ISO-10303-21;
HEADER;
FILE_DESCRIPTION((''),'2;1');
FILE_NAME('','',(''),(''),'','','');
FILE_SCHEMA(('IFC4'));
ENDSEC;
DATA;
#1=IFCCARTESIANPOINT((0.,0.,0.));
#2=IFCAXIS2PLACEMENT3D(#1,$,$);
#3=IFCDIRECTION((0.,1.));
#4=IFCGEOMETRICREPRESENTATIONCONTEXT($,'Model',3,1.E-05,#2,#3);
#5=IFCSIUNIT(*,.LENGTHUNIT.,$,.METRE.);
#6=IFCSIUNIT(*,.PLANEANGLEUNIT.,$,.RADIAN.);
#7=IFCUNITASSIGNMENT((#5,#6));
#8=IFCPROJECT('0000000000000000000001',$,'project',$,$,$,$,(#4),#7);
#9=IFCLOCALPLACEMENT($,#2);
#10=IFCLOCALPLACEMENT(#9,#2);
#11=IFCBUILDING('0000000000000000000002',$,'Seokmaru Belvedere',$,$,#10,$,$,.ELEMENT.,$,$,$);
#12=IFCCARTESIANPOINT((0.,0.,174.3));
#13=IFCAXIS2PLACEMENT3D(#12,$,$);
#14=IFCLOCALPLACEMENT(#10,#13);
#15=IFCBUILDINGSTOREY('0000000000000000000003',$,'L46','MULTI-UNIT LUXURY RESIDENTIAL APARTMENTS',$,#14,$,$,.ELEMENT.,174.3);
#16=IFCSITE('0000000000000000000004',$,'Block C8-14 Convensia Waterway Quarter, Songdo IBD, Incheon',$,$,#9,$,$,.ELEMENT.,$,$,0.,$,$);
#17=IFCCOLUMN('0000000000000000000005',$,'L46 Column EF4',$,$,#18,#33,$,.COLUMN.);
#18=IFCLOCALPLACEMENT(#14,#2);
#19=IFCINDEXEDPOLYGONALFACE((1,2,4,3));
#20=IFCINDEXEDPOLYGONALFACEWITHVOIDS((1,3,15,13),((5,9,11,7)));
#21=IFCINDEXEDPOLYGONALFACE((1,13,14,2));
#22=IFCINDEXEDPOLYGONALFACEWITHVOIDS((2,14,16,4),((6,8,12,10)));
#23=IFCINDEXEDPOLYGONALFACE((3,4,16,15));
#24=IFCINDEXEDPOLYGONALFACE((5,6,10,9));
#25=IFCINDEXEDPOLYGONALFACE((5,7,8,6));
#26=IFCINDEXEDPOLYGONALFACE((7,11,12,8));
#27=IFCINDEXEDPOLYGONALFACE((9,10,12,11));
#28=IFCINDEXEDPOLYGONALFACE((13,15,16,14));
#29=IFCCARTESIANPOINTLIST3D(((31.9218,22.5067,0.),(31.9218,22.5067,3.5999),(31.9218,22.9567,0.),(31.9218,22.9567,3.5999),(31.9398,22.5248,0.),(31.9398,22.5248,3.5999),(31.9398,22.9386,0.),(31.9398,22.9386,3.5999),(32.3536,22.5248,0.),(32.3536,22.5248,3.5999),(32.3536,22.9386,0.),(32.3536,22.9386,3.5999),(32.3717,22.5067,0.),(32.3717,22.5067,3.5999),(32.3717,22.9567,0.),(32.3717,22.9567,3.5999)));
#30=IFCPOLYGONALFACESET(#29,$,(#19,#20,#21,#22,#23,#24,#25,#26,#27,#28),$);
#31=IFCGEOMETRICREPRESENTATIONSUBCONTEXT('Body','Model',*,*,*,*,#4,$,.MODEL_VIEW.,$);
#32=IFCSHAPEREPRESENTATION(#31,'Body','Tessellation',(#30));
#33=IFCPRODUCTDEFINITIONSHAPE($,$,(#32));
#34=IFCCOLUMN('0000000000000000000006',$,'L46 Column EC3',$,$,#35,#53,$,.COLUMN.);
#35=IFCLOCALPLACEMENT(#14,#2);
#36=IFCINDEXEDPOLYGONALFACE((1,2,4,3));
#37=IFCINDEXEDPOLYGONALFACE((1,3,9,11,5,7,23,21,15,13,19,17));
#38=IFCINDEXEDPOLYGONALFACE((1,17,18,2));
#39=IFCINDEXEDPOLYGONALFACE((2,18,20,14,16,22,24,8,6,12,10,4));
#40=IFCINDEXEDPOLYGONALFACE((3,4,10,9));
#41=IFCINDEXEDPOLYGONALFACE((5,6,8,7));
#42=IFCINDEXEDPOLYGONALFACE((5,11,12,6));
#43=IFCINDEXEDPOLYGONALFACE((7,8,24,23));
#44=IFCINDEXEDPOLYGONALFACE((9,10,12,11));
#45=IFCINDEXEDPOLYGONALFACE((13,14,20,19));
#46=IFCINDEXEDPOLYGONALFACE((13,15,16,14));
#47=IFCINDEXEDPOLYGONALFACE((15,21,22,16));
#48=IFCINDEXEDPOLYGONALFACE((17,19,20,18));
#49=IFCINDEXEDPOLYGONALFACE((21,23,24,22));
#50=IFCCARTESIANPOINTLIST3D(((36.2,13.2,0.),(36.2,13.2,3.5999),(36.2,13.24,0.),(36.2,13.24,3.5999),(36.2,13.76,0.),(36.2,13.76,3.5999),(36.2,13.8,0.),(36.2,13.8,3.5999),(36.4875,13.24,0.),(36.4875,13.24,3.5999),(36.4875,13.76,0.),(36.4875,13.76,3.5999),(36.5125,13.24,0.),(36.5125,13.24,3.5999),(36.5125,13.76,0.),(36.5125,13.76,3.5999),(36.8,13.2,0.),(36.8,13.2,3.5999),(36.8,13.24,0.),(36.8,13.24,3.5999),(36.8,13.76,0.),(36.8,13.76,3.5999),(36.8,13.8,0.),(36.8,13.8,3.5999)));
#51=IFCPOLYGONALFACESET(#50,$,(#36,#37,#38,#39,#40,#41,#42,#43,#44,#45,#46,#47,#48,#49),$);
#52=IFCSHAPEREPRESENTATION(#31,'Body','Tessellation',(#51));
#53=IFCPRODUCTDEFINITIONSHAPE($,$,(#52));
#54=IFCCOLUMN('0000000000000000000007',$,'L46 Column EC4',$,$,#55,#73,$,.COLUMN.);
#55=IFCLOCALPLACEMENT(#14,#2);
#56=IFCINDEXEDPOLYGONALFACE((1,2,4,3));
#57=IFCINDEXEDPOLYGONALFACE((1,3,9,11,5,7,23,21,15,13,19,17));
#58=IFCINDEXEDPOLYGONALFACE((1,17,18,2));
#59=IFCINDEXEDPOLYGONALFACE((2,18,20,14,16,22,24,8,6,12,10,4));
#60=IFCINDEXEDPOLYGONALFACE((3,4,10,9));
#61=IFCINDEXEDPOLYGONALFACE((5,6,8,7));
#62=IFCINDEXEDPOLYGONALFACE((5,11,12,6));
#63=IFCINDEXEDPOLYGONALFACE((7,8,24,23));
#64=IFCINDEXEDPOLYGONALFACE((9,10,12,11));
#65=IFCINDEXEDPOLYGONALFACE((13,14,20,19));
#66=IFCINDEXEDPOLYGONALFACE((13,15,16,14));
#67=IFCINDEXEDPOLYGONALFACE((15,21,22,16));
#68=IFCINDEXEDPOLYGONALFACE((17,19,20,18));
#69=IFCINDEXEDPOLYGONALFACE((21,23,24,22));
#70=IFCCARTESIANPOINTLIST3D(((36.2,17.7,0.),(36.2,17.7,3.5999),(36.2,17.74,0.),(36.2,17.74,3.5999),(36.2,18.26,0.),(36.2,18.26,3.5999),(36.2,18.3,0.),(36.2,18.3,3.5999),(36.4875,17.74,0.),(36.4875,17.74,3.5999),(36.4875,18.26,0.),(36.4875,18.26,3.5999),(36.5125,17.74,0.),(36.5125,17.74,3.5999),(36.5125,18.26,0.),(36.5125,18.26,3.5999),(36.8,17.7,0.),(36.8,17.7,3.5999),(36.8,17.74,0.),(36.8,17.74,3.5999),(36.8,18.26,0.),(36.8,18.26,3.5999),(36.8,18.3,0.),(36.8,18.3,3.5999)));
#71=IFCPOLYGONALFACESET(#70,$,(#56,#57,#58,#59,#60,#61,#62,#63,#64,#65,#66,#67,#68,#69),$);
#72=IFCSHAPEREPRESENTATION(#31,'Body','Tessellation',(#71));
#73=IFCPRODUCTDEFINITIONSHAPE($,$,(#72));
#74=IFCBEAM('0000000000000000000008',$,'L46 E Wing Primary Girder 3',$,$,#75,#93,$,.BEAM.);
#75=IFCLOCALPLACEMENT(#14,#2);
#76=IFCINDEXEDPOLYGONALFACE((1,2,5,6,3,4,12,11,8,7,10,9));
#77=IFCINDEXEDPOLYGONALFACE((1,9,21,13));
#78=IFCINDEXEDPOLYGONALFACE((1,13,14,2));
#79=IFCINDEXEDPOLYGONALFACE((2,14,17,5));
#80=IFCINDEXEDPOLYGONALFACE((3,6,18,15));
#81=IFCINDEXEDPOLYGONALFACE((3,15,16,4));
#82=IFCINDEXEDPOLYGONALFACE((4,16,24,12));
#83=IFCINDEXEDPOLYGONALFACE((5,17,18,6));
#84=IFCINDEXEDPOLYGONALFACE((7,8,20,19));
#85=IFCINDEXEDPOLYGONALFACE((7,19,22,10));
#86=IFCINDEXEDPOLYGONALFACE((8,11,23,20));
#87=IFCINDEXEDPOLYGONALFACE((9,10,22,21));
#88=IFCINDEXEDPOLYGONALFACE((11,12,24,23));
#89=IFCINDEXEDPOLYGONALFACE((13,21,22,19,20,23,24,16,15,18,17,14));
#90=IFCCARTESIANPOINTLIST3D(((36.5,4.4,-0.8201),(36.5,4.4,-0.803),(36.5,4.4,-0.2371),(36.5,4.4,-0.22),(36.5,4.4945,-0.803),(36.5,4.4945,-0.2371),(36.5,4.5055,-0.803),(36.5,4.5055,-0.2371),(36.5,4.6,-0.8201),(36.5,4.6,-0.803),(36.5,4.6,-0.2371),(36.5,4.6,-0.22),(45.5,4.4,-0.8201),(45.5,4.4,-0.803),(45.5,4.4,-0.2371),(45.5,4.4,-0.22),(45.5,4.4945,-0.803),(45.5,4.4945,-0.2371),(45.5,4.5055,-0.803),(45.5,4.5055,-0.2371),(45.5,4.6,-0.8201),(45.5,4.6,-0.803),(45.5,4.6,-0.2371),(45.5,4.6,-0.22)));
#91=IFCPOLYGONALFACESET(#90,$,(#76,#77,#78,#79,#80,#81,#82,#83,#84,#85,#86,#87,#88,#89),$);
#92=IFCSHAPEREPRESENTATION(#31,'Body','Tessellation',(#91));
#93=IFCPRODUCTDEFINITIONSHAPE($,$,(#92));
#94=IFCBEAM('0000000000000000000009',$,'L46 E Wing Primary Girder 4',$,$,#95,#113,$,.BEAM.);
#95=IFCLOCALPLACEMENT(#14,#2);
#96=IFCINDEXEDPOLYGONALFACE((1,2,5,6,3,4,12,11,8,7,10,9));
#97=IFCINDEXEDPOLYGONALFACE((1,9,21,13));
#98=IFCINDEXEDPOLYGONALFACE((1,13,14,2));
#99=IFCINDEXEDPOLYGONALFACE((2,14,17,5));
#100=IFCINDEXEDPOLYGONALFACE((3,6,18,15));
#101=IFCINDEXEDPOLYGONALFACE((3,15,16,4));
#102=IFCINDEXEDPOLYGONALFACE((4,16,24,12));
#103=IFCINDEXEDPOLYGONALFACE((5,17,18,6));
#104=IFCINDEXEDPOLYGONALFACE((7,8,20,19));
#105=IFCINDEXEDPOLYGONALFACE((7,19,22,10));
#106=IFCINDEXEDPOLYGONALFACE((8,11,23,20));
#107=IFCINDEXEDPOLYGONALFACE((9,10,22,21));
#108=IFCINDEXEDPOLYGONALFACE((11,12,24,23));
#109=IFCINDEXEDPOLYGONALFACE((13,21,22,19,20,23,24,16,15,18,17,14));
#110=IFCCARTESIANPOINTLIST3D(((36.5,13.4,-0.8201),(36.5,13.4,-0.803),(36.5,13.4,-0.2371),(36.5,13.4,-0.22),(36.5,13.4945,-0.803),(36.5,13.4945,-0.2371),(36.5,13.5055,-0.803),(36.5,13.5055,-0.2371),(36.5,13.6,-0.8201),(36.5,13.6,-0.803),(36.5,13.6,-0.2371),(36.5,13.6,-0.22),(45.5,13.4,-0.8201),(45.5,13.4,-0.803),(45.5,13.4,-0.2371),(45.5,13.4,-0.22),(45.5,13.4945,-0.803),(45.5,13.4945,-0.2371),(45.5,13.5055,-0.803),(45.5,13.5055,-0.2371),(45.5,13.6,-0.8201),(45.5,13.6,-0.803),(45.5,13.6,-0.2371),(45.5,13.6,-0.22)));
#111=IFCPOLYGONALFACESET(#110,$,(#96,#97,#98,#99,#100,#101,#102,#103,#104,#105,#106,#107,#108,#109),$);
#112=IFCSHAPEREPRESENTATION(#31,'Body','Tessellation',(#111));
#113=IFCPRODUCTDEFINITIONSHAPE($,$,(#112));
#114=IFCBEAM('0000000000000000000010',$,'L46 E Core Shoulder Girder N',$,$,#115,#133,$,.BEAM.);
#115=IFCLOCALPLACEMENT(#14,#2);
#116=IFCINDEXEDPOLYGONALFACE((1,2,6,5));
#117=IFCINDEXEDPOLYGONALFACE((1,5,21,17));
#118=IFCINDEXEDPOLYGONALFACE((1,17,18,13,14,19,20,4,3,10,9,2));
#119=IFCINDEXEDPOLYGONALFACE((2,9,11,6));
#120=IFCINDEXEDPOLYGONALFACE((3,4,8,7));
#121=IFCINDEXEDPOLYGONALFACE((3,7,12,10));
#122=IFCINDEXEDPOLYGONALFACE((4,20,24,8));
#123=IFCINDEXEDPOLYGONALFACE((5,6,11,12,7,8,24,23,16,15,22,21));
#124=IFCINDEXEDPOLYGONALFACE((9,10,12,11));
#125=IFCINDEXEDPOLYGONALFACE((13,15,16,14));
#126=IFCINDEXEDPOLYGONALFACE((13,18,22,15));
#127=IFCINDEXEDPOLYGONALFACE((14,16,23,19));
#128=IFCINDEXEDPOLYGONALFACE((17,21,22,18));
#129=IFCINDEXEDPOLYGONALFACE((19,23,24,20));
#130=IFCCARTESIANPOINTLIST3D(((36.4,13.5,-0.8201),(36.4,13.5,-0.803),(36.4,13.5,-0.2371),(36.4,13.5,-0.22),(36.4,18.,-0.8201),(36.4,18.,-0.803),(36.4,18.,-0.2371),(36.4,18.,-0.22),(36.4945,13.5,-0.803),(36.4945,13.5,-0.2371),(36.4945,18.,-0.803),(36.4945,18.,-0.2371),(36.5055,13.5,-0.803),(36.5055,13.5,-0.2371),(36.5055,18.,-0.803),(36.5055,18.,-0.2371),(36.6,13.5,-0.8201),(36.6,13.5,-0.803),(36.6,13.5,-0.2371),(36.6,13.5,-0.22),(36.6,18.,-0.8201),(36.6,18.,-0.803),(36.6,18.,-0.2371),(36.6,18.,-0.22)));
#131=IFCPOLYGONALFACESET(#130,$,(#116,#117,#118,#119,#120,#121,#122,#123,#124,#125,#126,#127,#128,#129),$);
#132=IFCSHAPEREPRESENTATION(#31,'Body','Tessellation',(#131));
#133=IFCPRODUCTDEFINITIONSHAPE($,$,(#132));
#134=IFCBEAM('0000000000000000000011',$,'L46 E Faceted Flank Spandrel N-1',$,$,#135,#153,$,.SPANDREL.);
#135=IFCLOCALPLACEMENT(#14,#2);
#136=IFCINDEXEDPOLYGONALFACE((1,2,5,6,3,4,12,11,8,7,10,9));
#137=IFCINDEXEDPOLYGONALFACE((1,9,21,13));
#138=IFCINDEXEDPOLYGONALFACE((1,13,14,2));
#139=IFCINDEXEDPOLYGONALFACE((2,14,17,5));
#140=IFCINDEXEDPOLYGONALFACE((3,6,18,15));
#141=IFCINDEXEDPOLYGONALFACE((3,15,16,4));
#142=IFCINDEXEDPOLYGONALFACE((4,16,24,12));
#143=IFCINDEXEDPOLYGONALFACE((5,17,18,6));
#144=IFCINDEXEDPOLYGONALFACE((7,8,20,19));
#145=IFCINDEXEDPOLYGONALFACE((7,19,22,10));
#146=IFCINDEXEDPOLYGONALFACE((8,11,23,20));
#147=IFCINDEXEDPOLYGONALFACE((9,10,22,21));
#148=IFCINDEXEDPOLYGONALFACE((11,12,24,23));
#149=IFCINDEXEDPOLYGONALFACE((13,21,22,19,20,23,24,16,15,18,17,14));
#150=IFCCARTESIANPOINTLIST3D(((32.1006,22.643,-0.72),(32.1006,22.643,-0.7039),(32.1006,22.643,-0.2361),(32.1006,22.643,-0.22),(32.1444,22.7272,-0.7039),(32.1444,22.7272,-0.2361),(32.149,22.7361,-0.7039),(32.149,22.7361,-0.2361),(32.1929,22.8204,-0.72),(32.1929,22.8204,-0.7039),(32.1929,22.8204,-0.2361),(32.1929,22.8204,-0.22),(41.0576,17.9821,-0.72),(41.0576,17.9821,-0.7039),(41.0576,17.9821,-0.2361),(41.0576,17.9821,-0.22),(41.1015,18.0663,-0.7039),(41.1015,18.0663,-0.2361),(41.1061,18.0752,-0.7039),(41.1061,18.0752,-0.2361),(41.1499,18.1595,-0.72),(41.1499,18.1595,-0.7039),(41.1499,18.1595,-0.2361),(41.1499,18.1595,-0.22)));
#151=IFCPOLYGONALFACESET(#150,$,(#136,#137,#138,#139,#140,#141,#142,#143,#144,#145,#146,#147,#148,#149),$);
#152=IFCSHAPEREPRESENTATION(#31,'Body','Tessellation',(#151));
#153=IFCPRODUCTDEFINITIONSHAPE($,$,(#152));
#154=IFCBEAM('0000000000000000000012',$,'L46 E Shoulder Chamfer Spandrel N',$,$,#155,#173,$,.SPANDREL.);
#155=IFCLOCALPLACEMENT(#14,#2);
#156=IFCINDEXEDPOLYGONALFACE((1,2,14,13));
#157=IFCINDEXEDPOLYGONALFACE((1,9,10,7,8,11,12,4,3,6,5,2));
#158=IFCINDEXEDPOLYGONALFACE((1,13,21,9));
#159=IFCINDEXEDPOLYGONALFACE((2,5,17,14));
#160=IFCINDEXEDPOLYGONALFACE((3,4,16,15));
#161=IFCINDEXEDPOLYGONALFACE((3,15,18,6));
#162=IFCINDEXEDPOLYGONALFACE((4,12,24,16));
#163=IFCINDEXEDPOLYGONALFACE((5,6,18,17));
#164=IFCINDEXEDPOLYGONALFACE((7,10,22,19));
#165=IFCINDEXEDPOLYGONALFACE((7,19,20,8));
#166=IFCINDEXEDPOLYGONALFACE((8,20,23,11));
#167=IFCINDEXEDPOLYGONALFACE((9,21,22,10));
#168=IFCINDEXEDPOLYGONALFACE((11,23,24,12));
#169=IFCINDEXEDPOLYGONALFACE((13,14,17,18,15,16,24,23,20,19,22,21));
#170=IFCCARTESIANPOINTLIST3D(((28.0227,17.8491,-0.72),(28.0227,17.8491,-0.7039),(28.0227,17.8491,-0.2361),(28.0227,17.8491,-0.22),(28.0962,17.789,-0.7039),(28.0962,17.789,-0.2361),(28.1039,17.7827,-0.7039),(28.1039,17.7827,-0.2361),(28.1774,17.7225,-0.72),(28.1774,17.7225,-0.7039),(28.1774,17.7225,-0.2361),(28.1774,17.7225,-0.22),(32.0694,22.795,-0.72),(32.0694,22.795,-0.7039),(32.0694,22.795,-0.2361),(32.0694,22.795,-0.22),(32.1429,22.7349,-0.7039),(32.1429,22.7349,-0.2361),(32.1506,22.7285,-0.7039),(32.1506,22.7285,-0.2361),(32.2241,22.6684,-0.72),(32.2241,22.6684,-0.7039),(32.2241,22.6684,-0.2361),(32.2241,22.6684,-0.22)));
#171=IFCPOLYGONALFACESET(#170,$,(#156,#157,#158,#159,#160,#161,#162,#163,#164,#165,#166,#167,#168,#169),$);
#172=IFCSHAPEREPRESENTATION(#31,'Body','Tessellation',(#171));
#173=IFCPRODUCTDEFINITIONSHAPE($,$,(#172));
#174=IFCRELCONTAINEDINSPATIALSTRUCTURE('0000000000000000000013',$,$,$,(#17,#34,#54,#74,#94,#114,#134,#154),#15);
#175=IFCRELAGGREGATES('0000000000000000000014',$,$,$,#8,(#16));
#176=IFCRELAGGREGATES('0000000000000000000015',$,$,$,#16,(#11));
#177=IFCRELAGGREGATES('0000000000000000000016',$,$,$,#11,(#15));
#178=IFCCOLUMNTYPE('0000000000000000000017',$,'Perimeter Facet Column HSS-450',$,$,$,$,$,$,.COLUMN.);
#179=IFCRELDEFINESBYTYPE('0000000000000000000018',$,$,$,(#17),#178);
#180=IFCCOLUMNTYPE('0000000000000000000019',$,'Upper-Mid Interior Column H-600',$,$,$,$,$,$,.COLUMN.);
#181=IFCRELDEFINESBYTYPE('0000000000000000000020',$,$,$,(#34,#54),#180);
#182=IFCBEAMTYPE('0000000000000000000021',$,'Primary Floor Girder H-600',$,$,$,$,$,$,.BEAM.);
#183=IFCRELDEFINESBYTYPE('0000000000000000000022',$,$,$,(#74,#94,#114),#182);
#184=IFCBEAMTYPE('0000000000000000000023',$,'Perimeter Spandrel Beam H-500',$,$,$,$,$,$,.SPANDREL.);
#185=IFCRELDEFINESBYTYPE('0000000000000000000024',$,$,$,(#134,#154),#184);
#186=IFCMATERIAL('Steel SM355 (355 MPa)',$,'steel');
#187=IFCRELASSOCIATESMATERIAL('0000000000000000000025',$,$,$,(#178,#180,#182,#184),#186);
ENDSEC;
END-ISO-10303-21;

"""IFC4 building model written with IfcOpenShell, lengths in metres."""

from ifc_helpers import new_model, si_unit, direction, frame, origin, origin_2d, place, context, subcontext, project, spatial, hollow_rectangle, i_section, extrude, source, transform, mapped, material, material_profile, profile_set, type_object, type_shapes, element, save


model = new_model("IFC4")

# Units and contexts
model_context = context("Model", 3, precision=1e-05, world=origin(), true_north=direction((0.0, 1.0)))
body_context = subcontext(model_context, "Body", "Model", "MODEL_VIEW")
ifc_project = project(units=[si_unit("LENGTHUNIT", "METRE"), si_unit("PLANEANGLEUNIT", "RADIAN")], contexts=[model_context])

# Site, building, storey
site_placement = place(None, origin())
site = spatial("IfcSite", under=ifc_project, at=site_placement, Name="Block C8-14 Convensia Waterway Quarter, Songdo IBD, Incheon", CompositionType="ELEMENT", RefElevation=0.0)
building_placement = place(site_placement, origin())
building = spatial("IfcBuilding", under=site, at=building_placement, Name="Seokmaru Belvedere", CompositionType="ELEMENT")
storey_placement = place(building_placement, frame((0.0, 0.0, 174.3)))
storey = spatial("IfcBuildingStorey", under=building, at=storey_placement, Name="L46", Description="MULTI-UNIT LUXURY RESIDENTIAL APARTMENTS", CompositionType="ELEMENT", Elevation=174.3)

# Columns
ifc_material_1 = material(Name="Steel SM355 (355 MPa)", Category="steel")
ifc_material_profile_1 = material_profile(ifc_material_1, hollow_rectangle(XDim=0.45, YDim=0.45, WallThickness=0.0181, at=origin_2d()), Name="HSS-450x450x18")
ifc_profile_set_1 = profile_set([ifc_material_profile_1], Name="Steel SM355 (355 MPa)")
column_type_1 = type_object("IfcColumnType", Name="Perimeter Facet Column HSS-450", PredefinedType="COLUMN", material=ifc_profile_set_1)
shared_shape_1 = source(origin(), body_context, "Body", "SweptSolid", [
    extrude(hollow_rectangle(XDim=0.45, YDim=0.45, WallThickness=0.0181, at=origin_2d()), origin(), (0.0, 0.0, 1.0), 3.5999),
])
type_shapes(column_type_1, [shared_shape_1])
column_placement = place(storey_placement, frame((32.1467, 22.7317, 0.0), z_axis=(0.0, 0.0, 1.0), x_axis=(1.0, 0.0, 0.0)))
element("IfcColumn", 1, at=column_placement, inside=storey, type_object=column_type_1, Name="L46 Column EF4", PredefinedType="COLUMN", context=body_context, shape_type="MappedRepresentation", body=[
    mapped(shared_shape_1, transform((0.0, 0.0, 0.0), scale=1.0)),
])
ifc_material_profile_2 = material_profile(ifc_material_1, i_section(OverallWidth=0.6001, OverallDepth=0.6001, WebThickness=0.0249, FlangeThickness=0.04, at=origin_2d()), Name="H-600x600x25x40")
ifc_profile_set_2 = profile_set([ifc_material_profile_2], Name="Steel SM355 (355 MPa)")
column_type_2 = type_object("IfcColumnType", Name="Upper-Mid Interior Column H-600", PredefinedType="COLUMN", material=ifc_profile_set_2)
shared_shape_2 = source(origin(), body_context, "Body", "SweptSolid", [
    extrude(i_section(OverallWidth=0.6001, OverallDepth=0.6001, WebThickness=0.0249, FlangeThickness=0.04, at=origin_2d()), origin(), (0.0, 0.0, 1.0), 3.5999),
])
type_shapes(column_type_2, [shared_shape_2])
for number, where, z_axis, x_axis, name in (
    (2, (36.5, 13.5, 0.0), (0.0, 0.0, 1.0), (1.0, 0.0, 0.0), "L46 Column EC3"),
    (3, (36.5, 18.0, 0.0), (0.0, 0.0, 1.0), (1.0, 0.0, 0.0), "L46 Column EC4"),
):
    element("IfcColumn", number, at=place(storey_placement, frame(where, z_axis=z_axis, x_axis=x_axis)), inside=storey, type_object=column_type_2, Name=name, PredefinedType="COLUMN", context=body_context, shape_type="MappedRepresentation", body=[
        mapped(shared_shape_2, transform((0.0, 0.0, 0.0), scale=1.0)),
    ])

# Beams
ifc_material_profile_3 = material_profile(ifc_material_1, i_section(OverallWidth=0.2, OverallDepth=0.6001, WebThickness=0.011, FlangeThickness=0.0171, at=origin_2d()), Name="H-600x200x11x17")
ifc_profile_set_3 = profile_set([ifc_material_profile_3], Name="Steel SM355 (355 MPa)")
beam_type_1 = type_object("IfcBeamType", Name="Primary Floor Girder H-600", PredefinedType="BEAM", material=ifc_profile_set_3)
shared_shape_3 = source(origin(), body_context, "Body", "SweptSolid", [
    extrude(i_section(OverallWidth=0.2, OverallDepth=0.6001, WebThickness=0.011, FlangeThickness=0.0171, at=origin_2d()), origin(), (0.0, 0.0, 1.0), 9.0),
])
for number, where, z_axis, x_axis, name in (
    (4, (36.5, 4.5, -0.52), (1.0, 0.0, 0.0), (0.0, 1.0, 0.0), "L46 E Wing Primary Girder 3"),
    (5, (36.5, 13.5, -0.52), (1.0, 0.0, 0.0), (0.0, 1.0, 0.0), "L46 E Wing Primary Girder 4"),
):
    element("IfcBeam", number, at=place(storey_placement, frame(where, z_axis=z_axis, x_axis=x_axis)), inside=storey, type_object=beam_type_1, Name=name, PredefinedType="BEAM", context=body_context, shape_type="MappedRepresentation", body=[
        mapped(shared_shape_3, transform((0.0, 0.0, 0.0), scale=1.0)),
    ])
shared_shape_4 = source(origin(), body_context, "Body", "SweptSolid", [
    extrude(i_section(OverallWidth=0.2, OverallDepth=0.6001, WebThickness=0.011, FlangeThickness=0.0171, at=origin_2d()), origin(), (0.0, 0.0, 1.0), 4.5),
])
type_shapes(beam_type_1, [shared_shape_3, shared_shape_4])
beam_1_placement = place(storey_placement, frame((36.5, 13.5, -0.52), z_axis=(0.0, 1.0, 0.0), x_axis=(-1.0, 0.0, 0.0)))
element("IfcBeam", 6, at=beam_1_placement, inside=storey, type_object=beam_type_1, Name="L46 E Core Shoulder Girder N", PredefinedType="BEAM", context=body_context, shape_type="MappedRepresentation", body=[
    mapped(shared_shape_4, transform((0.0, 0.0, 0.0), scale=1.0)),
])
ifc_material_profile_4 = material_profile(ifc_material_1, i_section(OverallWidth=0.2, OverallDepth=0.5, WebThickness=0.01, FlangeThickness=0.0161, at=origin_2d()), Name="H-500x200x10x16")
ifc_profile_set_4 = profile_set([ifc_material_profile_4], Name="Steel SM355 (355 MPa)")
beam_type_2 = type_object("IfcBeamType", Name="Perimeter Spandrel Beam H-500", PredefinedType="SPANDREL", material=ifc_profile_set_4)
shared_shape_5 = source(origin(), body_context, "Body", "SweptSolid", [
    extrude(i_section(OverallWidth=0.2, OverallDepth=0.5, WebThickness=0.01, FlangeThickness=0.0161, at=origin_2d()), origin(), (0.0, 0.0, 1.0), 10.0972),
])
beam_2_placement = place(storey_placement, frame((32.1467, 22.7317, -0.47), z_axis=(0.887086, -0.461605, 0.0), x_axis=(0.461605, 0.887086, 0.0)))
element("IfcBeam", 7, at=beam_2_placement, inside=storey, type_object=beam_type_2, Name="L46 E Faceted Flank Spandrel N-1", PredefinedType="SPANDREL", context=body_context, shape_type="MappedRepresentation", body=[
    mapped(shared_shape_5, transform((0.0, 0.0, 0.0), scale=1.0)),
])
shared_shape_6 = source(origin(), body_context, "Body", "SweptSolid", [
    extrude(i_section(OverallWidth=0.2, OverallDepth=0.5, WebThickness=0.01, FlangeThickness=0.0161, at=origin_2d()), origin(), (0.0, 0.0, 1.0), 6.3904),
])
type_shapes(beam_type_2, [shared_shape_5, shared_shape_6])
beam_3_placement = place(storey_placement, frame((32.1467, 22.7317, -0.47), z_axis=(-0.633244, -0.773952, 0.0), x_axis=(0.773952, -0.633244, 0.0)))
element("IfcBeam", 8, at=beam_3_placement, inside=storey, type_object=beam_type_2, Name="L46 E Shoulder Chamfer Spandrel N", PredefinedType="SPANDREL", context=body_context, shape_type="MappedRepresentation", body=[
    mapped(shared_shape_6, transform((0.0, 0.0, 0.0), scale=1.0)),
])

save(model, "model.ifc")
